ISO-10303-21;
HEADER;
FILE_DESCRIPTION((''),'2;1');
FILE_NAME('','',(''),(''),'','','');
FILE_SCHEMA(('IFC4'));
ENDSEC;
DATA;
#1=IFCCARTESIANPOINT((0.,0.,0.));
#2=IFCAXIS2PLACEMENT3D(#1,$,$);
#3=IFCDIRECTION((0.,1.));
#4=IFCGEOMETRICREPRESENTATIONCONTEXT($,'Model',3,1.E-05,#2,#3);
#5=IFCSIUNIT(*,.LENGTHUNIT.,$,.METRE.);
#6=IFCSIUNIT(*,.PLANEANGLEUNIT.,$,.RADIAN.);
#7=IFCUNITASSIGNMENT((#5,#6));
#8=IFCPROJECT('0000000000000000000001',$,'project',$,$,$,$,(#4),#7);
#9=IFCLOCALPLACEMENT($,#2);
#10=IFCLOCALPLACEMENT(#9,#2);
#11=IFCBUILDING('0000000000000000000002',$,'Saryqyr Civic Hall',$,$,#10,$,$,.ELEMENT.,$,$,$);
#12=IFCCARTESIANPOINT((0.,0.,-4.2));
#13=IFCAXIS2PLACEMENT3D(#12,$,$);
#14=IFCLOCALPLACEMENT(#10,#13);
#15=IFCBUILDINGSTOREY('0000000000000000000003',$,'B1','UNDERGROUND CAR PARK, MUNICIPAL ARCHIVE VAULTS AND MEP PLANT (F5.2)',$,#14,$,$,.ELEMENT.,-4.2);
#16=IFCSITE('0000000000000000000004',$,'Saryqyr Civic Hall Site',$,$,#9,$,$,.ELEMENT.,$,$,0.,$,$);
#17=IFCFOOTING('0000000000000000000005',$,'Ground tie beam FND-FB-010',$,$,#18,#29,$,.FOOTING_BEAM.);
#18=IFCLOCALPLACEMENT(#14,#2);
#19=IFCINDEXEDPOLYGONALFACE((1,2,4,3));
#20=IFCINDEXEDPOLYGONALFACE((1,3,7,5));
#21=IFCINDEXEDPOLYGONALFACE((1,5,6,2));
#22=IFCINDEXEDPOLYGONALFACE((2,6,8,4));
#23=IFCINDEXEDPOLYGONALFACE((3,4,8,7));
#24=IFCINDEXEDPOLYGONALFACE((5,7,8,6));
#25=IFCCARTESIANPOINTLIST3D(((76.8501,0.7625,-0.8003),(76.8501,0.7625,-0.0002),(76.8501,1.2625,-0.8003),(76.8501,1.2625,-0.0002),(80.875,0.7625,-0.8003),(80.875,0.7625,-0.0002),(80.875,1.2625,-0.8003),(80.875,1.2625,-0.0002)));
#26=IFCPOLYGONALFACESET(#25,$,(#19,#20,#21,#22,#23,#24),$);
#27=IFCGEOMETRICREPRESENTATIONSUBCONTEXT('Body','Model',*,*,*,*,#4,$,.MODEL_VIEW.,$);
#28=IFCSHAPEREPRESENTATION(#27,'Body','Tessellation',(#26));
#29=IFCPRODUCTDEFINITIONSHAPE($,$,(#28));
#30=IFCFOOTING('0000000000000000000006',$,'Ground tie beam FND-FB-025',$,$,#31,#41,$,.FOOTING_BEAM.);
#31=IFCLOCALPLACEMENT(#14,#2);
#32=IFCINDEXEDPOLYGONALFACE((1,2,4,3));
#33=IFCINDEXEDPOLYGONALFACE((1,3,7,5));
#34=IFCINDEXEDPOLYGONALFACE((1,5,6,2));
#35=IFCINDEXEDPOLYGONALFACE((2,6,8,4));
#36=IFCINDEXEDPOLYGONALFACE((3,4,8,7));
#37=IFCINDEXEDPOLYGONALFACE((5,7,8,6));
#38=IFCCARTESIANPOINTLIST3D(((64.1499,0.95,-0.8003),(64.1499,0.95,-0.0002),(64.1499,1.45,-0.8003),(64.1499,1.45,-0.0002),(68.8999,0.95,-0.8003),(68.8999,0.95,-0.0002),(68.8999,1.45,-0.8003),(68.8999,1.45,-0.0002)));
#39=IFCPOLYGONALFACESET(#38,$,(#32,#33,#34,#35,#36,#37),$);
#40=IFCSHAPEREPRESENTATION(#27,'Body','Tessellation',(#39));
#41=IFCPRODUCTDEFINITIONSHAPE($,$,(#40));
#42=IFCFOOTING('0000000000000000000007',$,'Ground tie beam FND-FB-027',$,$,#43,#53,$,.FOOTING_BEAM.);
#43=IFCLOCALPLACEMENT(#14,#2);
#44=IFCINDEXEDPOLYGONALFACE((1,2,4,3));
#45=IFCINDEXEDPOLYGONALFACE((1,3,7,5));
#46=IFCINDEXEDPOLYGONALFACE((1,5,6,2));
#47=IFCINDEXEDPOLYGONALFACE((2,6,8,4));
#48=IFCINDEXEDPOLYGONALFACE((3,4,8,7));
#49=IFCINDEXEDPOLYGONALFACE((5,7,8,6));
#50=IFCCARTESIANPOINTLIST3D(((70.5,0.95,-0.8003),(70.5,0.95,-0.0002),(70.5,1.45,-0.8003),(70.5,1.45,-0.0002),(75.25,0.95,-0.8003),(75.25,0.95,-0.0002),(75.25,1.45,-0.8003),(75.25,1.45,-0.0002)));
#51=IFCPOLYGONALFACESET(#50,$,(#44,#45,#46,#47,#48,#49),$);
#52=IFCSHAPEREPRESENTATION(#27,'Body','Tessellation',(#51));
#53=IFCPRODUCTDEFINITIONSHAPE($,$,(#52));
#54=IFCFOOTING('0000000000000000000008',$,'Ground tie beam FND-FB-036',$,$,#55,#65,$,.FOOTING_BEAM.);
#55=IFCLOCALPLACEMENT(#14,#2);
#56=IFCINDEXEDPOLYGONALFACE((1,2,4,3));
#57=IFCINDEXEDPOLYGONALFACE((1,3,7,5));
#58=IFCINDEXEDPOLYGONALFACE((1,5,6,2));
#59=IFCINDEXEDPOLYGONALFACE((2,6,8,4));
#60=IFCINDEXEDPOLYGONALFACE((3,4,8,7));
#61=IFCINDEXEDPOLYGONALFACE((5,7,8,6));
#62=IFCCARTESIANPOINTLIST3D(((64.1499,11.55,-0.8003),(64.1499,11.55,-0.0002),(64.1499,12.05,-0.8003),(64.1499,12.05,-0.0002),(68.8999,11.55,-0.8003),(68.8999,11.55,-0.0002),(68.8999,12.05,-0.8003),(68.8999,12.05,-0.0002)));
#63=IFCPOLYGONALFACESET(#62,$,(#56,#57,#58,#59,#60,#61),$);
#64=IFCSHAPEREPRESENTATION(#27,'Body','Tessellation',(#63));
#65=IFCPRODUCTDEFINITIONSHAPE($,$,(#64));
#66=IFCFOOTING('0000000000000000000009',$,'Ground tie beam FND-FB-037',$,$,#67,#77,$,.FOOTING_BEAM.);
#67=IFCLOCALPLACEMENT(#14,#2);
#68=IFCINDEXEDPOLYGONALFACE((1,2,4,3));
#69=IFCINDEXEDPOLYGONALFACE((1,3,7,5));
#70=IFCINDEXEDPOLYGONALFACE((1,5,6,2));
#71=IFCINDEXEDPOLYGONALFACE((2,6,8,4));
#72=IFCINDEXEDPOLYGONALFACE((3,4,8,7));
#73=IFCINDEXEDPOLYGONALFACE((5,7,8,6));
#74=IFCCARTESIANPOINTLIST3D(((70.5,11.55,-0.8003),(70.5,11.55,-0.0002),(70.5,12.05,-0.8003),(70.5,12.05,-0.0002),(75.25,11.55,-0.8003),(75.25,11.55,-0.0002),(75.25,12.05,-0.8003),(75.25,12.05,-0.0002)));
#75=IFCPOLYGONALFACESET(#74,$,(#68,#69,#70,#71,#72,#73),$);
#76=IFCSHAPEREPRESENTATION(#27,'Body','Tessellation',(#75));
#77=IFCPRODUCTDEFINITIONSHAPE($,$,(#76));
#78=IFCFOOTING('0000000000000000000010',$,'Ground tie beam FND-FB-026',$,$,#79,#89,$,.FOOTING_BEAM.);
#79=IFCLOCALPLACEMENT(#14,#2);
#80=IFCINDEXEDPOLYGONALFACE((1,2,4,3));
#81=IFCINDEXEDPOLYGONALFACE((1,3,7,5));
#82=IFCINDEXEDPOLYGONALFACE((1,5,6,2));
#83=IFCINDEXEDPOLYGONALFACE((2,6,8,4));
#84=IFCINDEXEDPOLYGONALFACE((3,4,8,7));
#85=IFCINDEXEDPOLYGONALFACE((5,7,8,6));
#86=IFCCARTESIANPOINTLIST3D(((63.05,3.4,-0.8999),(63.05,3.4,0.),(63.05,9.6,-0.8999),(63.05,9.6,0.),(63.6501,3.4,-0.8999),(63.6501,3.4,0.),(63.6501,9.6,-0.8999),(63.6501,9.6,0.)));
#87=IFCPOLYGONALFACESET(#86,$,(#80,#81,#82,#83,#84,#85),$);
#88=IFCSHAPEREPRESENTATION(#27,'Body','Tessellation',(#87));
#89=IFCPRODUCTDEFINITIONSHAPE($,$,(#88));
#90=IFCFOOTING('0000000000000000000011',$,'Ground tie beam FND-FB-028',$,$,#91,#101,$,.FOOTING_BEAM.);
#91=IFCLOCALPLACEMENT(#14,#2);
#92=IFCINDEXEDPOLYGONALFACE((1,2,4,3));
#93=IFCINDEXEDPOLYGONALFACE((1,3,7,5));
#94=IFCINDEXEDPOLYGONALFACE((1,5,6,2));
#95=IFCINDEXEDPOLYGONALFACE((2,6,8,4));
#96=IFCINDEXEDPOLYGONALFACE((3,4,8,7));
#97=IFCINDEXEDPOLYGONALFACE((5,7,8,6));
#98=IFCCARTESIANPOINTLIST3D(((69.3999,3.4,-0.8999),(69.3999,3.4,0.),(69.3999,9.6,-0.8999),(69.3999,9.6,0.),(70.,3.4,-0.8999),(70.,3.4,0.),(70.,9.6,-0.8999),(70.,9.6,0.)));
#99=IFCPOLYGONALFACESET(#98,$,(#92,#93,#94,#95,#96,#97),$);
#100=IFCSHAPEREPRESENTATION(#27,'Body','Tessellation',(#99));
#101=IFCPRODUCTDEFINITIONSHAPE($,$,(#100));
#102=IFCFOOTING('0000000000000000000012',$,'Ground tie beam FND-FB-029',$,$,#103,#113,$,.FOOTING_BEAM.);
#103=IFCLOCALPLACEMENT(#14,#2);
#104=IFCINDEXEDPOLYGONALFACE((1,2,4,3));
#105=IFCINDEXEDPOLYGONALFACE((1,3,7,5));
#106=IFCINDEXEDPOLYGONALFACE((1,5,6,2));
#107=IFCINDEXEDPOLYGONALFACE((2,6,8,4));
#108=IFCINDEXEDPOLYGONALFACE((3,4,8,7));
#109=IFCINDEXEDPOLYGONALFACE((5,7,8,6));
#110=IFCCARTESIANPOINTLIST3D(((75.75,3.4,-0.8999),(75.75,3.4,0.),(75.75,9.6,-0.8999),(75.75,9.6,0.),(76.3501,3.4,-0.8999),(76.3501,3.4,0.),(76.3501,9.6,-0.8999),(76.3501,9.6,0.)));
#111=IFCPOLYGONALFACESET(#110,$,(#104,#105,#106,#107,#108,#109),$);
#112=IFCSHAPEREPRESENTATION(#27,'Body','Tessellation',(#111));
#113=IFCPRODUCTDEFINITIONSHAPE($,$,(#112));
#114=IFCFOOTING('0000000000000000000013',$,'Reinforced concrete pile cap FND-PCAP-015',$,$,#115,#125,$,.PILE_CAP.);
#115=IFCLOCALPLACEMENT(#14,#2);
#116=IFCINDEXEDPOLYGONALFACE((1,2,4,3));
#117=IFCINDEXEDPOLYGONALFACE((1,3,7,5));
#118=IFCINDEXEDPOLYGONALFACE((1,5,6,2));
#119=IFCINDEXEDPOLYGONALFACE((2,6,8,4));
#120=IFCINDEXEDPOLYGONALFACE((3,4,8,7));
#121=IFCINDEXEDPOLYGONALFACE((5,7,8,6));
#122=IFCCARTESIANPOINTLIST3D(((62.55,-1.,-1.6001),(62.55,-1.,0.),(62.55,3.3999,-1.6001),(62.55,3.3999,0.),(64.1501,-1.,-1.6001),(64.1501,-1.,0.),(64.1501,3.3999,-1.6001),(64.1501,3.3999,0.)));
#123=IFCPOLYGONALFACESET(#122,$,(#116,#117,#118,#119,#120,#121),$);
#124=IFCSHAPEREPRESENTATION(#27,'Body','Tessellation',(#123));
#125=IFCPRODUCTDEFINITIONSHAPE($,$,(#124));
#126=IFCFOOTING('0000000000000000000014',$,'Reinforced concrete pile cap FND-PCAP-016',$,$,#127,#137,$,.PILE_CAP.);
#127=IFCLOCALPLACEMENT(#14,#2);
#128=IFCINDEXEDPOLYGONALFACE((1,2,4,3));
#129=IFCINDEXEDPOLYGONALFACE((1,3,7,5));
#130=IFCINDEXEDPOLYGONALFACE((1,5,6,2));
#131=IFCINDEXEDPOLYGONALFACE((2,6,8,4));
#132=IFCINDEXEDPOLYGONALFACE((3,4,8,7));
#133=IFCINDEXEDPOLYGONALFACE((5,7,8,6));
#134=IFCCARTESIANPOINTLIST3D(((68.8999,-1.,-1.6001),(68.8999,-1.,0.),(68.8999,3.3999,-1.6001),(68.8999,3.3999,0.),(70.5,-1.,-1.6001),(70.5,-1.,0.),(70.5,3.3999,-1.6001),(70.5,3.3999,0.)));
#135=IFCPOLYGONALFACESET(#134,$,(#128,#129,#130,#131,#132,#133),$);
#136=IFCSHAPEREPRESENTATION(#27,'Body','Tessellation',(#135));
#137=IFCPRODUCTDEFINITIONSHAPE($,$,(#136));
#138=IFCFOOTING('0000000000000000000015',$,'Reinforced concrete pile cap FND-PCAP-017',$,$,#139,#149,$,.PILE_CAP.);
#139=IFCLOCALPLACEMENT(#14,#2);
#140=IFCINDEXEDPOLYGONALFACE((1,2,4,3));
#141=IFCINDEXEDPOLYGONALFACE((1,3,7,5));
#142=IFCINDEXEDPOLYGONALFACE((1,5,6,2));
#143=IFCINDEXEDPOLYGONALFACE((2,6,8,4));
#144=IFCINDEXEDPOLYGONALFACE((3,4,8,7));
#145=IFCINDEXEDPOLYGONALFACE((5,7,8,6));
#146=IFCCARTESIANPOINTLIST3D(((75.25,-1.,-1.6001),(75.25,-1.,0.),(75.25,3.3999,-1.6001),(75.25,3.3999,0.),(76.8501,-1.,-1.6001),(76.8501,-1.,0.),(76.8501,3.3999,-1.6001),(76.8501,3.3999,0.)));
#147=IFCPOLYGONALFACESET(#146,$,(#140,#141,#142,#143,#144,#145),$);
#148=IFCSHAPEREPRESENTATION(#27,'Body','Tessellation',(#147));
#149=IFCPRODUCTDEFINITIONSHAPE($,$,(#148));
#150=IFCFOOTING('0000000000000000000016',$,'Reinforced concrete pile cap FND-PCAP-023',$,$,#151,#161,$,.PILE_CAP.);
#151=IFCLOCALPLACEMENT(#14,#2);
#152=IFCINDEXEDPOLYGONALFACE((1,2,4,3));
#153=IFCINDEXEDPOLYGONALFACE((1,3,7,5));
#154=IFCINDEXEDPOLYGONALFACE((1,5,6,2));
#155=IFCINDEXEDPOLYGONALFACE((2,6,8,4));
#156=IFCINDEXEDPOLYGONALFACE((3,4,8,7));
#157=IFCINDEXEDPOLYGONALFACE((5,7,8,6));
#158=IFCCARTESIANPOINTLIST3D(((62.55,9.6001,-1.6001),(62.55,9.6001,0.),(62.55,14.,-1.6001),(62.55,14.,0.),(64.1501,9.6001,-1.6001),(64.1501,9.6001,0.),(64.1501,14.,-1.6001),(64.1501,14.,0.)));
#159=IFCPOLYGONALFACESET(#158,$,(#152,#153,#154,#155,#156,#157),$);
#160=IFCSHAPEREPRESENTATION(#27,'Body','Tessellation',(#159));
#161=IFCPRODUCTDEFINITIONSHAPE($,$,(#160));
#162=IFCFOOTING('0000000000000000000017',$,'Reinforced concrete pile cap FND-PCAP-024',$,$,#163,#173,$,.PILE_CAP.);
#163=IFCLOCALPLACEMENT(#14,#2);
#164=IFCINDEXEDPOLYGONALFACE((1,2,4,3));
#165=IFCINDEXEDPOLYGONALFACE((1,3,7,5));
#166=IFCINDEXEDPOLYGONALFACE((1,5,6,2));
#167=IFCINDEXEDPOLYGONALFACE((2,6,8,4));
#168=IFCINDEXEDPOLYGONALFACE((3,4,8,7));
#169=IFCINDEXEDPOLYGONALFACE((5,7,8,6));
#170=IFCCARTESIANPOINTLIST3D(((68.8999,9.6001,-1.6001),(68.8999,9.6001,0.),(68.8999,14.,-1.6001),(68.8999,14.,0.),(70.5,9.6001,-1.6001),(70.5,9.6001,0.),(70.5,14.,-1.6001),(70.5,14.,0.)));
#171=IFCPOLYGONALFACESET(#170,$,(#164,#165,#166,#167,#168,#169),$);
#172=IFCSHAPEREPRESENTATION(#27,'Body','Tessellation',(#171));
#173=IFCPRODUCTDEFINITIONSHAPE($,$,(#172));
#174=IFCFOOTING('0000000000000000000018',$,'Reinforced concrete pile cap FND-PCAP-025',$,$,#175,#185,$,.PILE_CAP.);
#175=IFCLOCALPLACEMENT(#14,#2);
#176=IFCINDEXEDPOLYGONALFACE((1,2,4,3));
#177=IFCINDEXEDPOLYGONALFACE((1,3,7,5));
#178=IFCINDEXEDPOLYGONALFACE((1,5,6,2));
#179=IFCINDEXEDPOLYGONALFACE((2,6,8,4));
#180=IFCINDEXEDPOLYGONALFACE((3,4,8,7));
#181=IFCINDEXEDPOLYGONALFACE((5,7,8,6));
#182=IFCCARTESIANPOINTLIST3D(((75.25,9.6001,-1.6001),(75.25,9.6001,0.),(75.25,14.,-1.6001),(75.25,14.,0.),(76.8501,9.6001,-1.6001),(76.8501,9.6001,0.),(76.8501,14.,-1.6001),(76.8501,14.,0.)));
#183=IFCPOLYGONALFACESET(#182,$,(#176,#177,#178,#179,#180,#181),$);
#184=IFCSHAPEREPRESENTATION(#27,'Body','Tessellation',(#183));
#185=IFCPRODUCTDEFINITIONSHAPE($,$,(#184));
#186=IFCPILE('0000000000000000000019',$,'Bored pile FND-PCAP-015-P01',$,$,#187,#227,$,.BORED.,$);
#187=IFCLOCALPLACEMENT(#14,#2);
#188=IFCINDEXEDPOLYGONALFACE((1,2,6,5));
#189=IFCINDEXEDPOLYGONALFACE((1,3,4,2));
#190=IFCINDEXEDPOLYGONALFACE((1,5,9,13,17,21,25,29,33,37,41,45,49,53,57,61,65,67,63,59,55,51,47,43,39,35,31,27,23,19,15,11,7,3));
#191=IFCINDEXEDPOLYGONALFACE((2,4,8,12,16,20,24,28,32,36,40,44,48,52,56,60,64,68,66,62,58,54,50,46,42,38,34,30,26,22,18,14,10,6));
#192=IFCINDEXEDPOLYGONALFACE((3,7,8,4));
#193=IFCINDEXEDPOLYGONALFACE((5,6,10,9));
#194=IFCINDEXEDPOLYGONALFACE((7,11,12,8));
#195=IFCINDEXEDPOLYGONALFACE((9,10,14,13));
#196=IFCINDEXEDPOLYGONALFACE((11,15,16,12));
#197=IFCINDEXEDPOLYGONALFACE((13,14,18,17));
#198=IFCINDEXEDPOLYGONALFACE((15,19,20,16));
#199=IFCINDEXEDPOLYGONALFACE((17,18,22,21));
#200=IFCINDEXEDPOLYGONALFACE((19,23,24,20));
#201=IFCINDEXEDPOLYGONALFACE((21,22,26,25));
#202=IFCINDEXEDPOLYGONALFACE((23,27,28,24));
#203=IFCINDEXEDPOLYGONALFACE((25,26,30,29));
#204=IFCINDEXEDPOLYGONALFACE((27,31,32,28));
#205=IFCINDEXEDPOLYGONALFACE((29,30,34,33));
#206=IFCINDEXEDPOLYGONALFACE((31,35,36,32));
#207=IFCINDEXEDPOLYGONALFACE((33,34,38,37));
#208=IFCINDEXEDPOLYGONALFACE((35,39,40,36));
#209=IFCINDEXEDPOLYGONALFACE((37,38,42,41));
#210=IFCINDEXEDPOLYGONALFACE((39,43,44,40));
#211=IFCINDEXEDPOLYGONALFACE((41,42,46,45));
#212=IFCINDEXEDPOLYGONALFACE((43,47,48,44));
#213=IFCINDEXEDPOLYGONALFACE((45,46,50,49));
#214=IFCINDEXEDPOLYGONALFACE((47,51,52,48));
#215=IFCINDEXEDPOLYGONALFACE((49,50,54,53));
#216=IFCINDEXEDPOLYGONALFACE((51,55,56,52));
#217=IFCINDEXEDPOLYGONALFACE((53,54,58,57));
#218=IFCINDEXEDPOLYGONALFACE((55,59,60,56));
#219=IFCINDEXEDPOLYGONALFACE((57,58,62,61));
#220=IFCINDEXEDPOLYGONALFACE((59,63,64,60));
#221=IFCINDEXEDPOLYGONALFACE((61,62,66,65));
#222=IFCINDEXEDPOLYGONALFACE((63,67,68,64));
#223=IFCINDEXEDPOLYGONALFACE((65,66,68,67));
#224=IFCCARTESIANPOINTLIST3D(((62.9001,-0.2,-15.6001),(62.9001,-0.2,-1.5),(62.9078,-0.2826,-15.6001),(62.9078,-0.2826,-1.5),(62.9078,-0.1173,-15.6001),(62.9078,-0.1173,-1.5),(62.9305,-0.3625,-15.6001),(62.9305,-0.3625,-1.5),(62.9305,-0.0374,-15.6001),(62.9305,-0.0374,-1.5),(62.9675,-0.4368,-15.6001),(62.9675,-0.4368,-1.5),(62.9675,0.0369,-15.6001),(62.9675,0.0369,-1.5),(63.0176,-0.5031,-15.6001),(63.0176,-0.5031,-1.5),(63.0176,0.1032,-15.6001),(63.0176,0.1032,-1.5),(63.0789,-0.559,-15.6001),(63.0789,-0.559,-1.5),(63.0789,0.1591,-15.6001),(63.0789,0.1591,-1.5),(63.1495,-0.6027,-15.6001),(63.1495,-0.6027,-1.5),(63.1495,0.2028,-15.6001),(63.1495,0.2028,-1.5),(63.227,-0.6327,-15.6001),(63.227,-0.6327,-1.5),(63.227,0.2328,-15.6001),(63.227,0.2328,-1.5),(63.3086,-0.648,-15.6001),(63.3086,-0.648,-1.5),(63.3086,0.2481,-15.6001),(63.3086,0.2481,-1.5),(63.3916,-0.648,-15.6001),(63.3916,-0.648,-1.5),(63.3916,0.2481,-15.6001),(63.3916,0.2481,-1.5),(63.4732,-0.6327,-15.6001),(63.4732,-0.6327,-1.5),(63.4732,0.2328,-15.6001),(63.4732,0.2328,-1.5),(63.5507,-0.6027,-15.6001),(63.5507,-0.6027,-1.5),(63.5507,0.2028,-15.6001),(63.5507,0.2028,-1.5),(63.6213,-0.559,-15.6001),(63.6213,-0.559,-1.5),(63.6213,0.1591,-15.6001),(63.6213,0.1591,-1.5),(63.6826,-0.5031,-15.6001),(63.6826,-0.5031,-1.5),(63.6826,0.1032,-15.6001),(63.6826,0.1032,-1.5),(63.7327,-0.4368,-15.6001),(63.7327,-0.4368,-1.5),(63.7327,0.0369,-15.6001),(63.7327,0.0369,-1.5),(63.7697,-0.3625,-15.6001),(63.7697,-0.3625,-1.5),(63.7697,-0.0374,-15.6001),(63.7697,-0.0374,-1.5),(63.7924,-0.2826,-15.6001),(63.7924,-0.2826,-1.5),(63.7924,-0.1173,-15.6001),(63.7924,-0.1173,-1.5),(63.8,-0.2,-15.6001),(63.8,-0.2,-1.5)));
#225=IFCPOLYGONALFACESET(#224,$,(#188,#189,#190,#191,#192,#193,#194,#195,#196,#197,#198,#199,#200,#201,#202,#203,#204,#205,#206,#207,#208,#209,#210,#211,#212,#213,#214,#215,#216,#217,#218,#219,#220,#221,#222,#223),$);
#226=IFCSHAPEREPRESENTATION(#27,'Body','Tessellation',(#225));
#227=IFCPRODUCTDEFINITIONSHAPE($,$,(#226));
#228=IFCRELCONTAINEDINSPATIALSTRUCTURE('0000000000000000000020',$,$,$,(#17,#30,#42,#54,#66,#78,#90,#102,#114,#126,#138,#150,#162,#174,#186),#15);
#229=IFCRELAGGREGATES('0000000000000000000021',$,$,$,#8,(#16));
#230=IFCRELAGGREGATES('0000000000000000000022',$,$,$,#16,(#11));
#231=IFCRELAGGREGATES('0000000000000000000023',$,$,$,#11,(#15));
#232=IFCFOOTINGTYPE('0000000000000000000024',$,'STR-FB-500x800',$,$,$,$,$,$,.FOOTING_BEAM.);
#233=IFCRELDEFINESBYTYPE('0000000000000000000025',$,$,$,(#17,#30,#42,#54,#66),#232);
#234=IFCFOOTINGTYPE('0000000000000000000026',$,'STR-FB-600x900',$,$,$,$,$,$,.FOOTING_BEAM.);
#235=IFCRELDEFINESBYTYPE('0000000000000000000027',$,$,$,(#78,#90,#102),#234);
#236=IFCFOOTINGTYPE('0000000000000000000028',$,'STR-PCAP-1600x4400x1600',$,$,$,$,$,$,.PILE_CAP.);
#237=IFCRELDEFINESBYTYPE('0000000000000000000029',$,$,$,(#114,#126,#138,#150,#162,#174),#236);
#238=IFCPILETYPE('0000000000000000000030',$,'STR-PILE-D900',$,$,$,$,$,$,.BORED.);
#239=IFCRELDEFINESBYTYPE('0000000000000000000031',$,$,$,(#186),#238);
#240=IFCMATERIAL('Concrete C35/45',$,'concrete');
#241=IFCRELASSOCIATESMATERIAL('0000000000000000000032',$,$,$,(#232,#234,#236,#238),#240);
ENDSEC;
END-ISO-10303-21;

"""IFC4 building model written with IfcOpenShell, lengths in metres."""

from ifc_helpers import new_model, si_unit, direction, frame, origin, origin_2d, place, context, subcontext, project, spatial, rectangle, circle, extrude, material, material_profile, profile_set, type_object, element, save


model = new_model("IFC4")

# Units and contexts
model_context = context("Model", 3, precision=1e-05, world=origin(), true_north=direction((0.0, 1.0)))
body_context = subcontext(model_context, "Body", "Model", "MODEL_VIEW")
ifc_project = project(units=[si_unit("LENGTHUNIT", "METRE"), si_unit("PLANEANGLEUNIT", "RADIAN")], contexts=[model_context])

# Site, building, storey
site_placement = place(None, origin())
site = spatial("IfcSite", under=ifc_project, at=site_placement, Name="Saryqyr Civic Hall Site", CompositionType="ELEMENT", RefElevation=0.0)
building_placement = place(site_placement, origin())
building = spatial("IfcBuilding", under=site, at=building_placement, Name="Saryqyr Civic Hall", CompositionType="ELEMENT")
storey_placement = place(building_placement, frame((0.0, 0.0, -4.2)))
storey = spatial("IfcBuildingStorey", under=building, at=storey_placement, Name="B1", Description="UNDERGROUND CAR PARK, MUNICIPAL ARCHIVE VAULTS AND MEP PLANT (F5.2)", CompositionType="ELEMENT", Elevation=-4.2)

# Footings
ifc_material_1 = material(Name="Concrete C35/45", Category="concrete")
footing_type_1 = type_object("IfcFootingType", Name="STR-FB-500x800", PredefinedType="FOOTING_BEAM", material=ifc_material_1)
footing_placement = place(storey_placement, frame((78.8625, 1.0125, -0.8003), z_axis=(0.0, 0.0, 1.0), x_axis=(1.0, 0.0, 0.0)))
element("IfcFooting", 1, at=footing_placement, inside=storey, type_object=footing_type_1, Name="Ground tie beam FND-FB-010", PredefinedType="FOOTING_BEAM", context=body_context, shape_type="SweptSolid", body=[
    extrude(rectangle(XDim=4.0249, YDim=0.5, at=origin_2d()), origin(), (0.0, 0.0, 1.0), 0.8),
])
for number, where, z_axis, x_axis, name in (
    (2, (66.5249, 1.2, -0.8003), (0.0, 0.0, 1.0), (1.0, 0.0, 0.0), "Ground tie beam FND-FB-025"),
    (3, (72.875, 1.2, -0.8003), (0.0, 0.0, 1.0), (1.0, 0.0, 0.0), "Ground tie beam FND-FB-027"),
    (4, (66.5249, 11.8, -0.8003), (0.0, 0.0, 1.0), (1.0, 0.0, 0.0), "Ground tie beam FND-FB-036"),
    (5, (72.875, 11.8, -0.8003), (0.0, 0.0, 1.0), (1.0, 0.0, 0.0), "Ground tie beam FND-FB-037"),
):
    element("IfcFooting", number, at=place(storey_placement, frame(where, z_axis=z_axis, x_axis=x_axis)), inside=storey, type_object=footing_type_1, Name=name, PredefinedType="FOOTING_BEAM", context=body_context, shape_type="SweptSolid", body=[
        extrude(rectangle(XDim=4.75, YDim=0.5, at=origin_2d()), origin(), (0.0, 0.0, 1.0), 0.8),
    ])
footing_type_2 = type_object("IfcFootingType", Name="STR-FB-600x900", PredefinedType="FOOTING_BEAM", material=ifc_material_1)
for number, where, z_axis, x_axis, name in (
    (6, (63.3501, 6.5, -0.8999), (0.0, 0.0, 1.0), (1.0, 0.0, 0.0), "Ground tie beam FND-FB-026"),
    (7, (69.7, 6.5, -0.8999), (0.0, 0.0, 1.0), (1.0, 0.0, 0.0), "Ground tie beam FND-FB-028"),
    (8, (76.05, 6.5, -0.8999), (0.0, 0.0, 1.0), (1.0, 0.0, 0.0), "Ground tie beam FND-FB-029"),
):
    element("IfcFooting", number, at=place(storey_placement, frame(where, z_axis=z_axis, x_axis=x_axis)), inside=storey, type_object=footing_type_2, Name=name, PredefinedType="FOOTING_BEAM", context=body_context, shape_type="SweptSolid", body=[
        extrude(rectangle(XDim=0.6001, YDim=6.2, at=origin_2d()), origin(), (0.0, 0.0, 1.0), 0.8999),
    ])
footing_type_3 = type_object("IfcFootingType", Name="STR-PCAP-1600x4400x1600", PredefinedType="PILE_CAP", material=ifc_material_1)
for number, where, z_axis, x_axis, name in (
    (9, (63.3501, 1.2, -1.6001), (0.0, 0.0, 1.0), (1.0, 0.0, 0.0), "Reinforced concrete pile cap FND-PCAP-015"),
    (10, (69.7, 1.2, -1.6001), (0.0, 0.0, 1.0), (1.0, 0.0, 0.0), "Reinforced concrete pile cap FND-PCAP-016"),
    (11, (76.05, 1.2, -1.6001), (0.0, 0.0, 1.0), (1.0, 0.0, 0.0), "Reinforced concrete pile cap FND-PCAP-017"),
    (12, (63.3501, 11.8, -1.6001), (0.0, 0.0, 1.0), (1.0, 0.0, 0.0), "Reinforced concrete pile cap FND-PCAP-023"),
    (13, (69.7, 11.8, -1.6001), (0.0, 0.0, 1.0), (1.0, 0.0, 0.0), "Reinforced concrete pile cap FND-PCAP-024"),
    (14, (76.05, 11.8, -1.6001), (0.0, 0.0, 1.0), (1.0, 0.0, 0.0), "Reinforced concrete pile cap FND-PCAP-025"),
):
    element("IfcFooting", number, at=place(storey_placement, frame(where, z_axis=z_axis, x_axis=x_axis)), inside=storey, type_object=footing_type_3, Name=name, PredefinedType="PILE_CAP", context=body_context, shape_type="SweptSolid", body=[
        extrude(rectangle(XDim=1.6001, YDim=4.3999, at=origin_2d()), origin(), (0.0, 0.0, 1.0), 1.6001),
    ])

# Pile
ifc_material_profile_1 = material_profile(ifc_material_1, circle(Radius=0.45, at=origin_2d()), Name="BORED PILE D900")
ifc_profile_set_1 = profile_set([ifc_material_profile_1], Name="Concrete C35/45")
pile_type = type_object("IfcPileType", Name="STR-PILE-D900", PredefinedType="BORED", material=ifc_profile_set_1)
for number, where, z_axis, x_axis, name in (
    (15, (63.3501, -0.2, -1.5), (0.0, 0.0, -1.0), (1.0, 0.0, 0.0), "Bored pile FND-PCAP-015-P01"),
):
    element("IfcPile", number, at=place(storey_placement, frame(where, z_axis=z_axis, x_axis=x_axis)), inside=storey, type_object=pile_type, Name=name, PredefinedType="BORED", context=body_context, shape_type="SweptSolid", body=[
        extrude(circle(Radius=0.45, at=origin_2d()), origin(), (0.0, 0.0, 1.0), 14.1001),
    ])

save(model, "model.ifc")
